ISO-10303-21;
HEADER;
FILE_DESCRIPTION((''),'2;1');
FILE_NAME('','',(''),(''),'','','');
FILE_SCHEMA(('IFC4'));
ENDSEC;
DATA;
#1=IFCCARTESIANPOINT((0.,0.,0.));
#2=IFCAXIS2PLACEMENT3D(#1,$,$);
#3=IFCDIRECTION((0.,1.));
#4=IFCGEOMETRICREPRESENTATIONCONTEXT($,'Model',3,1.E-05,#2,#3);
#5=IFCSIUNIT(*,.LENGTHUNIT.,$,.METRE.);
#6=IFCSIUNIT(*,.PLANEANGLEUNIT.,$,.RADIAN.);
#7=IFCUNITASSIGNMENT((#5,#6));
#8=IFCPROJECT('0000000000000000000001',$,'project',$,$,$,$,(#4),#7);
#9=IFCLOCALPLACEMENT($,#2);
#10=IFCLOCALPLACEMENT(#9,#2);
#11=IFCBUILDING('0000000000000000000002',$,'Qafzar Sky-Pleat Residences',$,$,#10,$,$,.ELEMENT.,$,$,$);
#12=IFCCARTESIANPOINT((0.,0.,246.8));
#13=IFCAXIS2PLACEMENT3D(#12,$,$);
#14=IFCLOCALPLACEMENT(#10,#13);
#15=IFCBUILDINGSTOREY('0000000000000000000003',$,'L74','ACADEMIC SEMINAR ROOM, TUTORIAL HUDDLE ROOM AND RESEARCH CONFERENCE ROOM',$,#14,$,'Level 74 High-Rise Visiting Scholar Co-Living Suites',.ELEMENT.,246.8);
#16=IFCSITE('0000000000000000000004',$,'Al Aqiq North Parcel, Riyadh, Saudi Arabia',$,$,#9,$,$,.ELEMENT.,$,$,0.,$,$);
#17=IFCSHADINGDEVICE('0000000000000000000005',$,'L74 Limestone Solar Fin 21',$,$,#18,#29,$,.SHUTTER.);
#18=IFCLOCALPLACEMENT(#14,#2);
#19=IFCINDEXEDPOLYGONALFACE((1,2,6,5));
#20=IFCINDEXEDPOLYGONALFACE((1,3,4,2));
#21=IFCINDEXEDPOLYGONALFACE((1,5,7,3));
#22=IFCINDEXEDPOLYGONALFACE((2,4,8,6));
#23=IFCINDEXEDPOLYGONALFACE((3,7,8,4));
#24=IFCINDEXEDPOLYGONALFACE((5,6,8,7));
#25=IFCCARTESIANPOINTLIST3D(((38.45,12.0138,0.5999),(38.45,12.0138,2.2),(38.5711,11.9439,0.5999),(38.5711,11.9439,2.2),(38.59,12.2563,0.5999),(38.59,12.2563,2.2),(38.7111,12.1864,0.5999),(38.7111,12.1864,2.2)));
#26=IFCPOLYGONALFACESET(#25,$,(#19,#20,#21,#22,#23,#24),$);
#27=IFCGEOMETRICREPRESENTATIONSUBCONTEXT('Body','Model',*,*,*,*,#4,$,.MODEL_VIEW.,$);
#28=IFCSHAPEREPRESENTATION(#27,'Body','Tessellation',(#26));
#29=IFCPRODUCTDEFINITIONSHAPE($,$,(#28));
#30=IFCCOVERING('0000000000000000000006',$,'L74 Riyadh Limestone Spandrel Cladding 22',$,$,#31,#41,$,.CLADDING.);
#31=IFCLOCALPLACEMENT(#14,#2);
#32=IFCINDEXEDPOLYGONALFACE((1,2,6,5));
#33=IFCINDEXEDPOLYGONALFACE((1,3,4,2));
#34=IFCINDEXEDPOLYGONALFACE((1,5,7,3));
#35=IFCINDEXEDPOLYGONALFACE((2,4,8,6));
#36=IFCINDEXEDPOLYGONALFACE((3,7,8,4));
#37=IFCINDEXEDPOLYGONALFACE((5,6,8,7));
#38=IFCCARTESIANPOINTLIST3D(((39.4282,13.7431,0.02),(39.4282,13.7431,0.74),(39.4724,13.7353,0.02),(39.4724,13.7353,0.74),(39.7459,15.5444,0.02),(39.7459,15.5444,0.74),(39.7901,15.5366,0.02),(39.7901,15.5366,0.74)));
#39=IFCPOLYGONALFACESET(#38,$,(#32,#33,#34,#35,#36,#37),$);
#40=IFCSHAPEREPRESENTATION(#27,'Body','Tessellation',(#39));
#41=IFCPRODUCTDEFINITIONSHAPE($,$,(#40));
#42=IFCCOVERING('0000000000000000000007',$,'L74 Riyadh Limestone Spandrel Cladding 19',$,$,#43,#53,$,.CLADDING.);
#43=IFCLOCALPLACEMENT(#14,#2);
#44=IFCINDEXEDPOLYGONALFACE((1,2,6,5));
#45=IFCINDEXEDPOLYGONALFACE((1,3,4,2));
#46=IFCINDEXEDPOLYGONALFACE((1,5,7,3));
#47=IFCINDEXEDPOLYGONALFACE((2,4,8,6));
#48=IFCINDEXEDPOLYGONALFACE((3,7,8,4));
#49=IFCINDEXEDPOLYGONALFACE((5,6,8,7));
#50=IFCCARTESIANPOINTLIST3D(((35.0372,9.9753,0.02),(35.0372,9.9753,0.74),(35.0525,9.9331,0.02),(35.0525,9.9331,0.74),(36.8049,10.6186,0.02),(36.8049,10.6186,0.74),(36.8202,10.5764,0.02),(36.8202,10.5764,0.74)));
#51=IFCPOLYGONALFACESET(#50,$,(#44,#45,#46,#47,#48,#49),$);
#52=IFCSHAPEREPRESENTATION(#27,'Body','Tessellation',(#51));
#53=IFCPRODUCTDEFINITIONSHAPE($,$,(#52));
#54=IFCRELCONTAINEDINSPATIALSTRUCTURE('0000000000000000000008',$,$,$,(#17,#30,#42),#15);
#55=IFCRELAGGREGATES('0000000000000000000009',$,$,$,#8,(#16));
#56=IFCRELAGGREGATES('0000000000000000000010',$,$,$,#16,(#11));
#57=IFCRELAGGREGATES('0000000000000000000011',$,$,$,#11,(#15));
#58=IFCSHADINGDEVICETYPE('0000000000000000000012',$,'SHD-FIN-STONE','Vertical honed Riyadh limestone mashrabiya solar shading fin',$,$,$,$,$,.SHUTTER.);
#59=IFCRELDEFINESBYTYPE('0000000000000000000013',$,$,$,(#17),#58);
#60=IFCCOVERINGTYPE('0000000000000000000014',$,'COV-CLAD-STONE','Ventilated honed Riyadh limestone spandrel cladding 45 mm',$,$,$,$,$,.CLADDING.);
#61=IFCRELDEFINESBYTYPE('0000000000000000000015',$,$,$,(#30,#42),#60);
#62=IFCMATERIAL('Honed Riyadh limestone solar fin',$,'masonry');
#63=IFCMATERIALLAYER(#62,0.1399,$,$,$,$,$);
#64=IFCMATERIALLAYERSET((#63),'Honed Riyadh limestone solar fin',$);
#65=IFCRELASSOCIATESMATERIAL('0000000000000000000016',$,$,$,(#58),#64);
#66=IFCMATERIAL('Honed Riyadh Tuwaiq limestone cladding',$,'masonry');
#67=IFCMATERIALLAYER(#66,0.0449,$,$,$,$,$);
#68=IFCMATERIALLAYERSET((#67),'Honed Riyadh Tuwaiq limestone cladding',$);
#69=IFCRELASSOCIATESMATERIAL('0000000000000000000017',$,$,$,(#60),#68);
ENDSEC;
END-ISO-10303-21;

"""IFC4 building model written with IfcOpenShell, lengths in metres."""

from ifc_helpers import new_model, si_unit, direction, frame, origin, origin_2d, place, context, subcontext, project, spatial, rectangle, extrude, source, transform, mapped, material, layer, layer_set, type_object, element, save


model = new_model("IFC4")

# Units and contexts
model_context = context("Model", 3, precision=1e-05, world=origin(), true_north=direction((0.0, 1.0)))
body_context = subcontext(model_context, "Body", "Model", "MODEL_VIEW")
ifc_project = project(units=[si_unit("LENGTHUNIT", "METRE"), si_unit("PLANEANGLEUNIT", "RADIAN")], contexts=[model_context])

# Site, building, storey
site_placement = place(None, origin())
site = spatial("IfcSite", under=ifc_project, at=site_placement, Name="Al Aqiq North Parcel, Riyadh, Saudi Arabia", CompositionType="ELEMENT", RefElevation=0.0)
building_placement = place(site_placement, origin())
building = spatial("IfcBuilding", under=site, at=building_placement, Name="Qafzar Sky-Pleat Residences", CompositionType="ELEMENT")
storey_placement = place(building_placement, frame((0.0, 0.0, 246.8)))
storey = spatial("IfcBuildingStorey", under=building, at=storey_placement, Name="L74", Description="ACADEMIC SEMINAR ROOM, TUTORIAL HUDDLE ROOM AND RESEARCH CONFERENCE ROOM", LongName="Level 74 High-Rise Visiting Scholar Co-Living Suites", CompositionType="ELEMENT", Elevation=246.8)

# Shading device
ifc_material_1 = material(Name="Honed Riyadh limestone solar fin", Category="masonry")
ifc_layer_1 = layer(ifc_material_1, 0.1399)
ifc_layer_set_1 = layer_set([ifc_layer_1], Name="Honed Riyadh limestone solar fin")
shading_device_type = type_object("IfcShadingDeviceType", Name="SHD-FIN-STONE", Description="Vertical honed Riyadh limestone mashrabiya solar shading fin", PredefinedType="SHUTTER", material=ifc_layer_set_1)
shared_shape_1 = source(origin(), body_context, "Body", "SweptSolid", [
    extrude(rectangle(XDim=0.1399, YDim=0.28, at=origin_2d()), origin(), (0.0, 0.0, 1.0), 1.6001),
])
shading_device_placement = place(storey_placement, frame((38.5806, 12.1001, 0.5999), z_axis=(0.0, 0.0, 1.0), x_axis=(0.866044, -0.499967, 0.0)))
element("IfcShadingDevice", 1, at=shading_device_placement, inside=storey, type_object=shading_device_type, Name="L74 Limestone Solar Fin 21", PredefinedType="SHUTTER", context=body_context, shape_type="MappedRepresentation", body=[
    mapped(shared_shape_1, transform((0.0, 0.0, 0.0), x_axis=(1.0, 0.0, 0.0), y_axis=(0.0, 1.0, 0.0), z_axis=(0.0, 0.0, 1.0), scale=1.0)),
])

# Coverings
ifc_material_2 = material(Name="Honed Riyadh Tuwaiq limestone cladding", Category="masonry")
ifc_layer_2 = layer(ifc_material_2, 0.0449)
ifc_layer_set_2 = layer_set([ifc_layer_2], Name="Honed Riyadh Tuwaiq limestone cladding")
covering_type = type_object("IfcCoveringType", Name="COV-CLAD-STONE", Description="Ventilated honed Riyadh limestone spandrel cladding 45 mm", PredefinedType="CLADDING", material=ifc_layer_set_2)
shared_shape_2 = source(origin(), body_context, "Body", "SweptSolid", [
    extrude(rectangle(XDim=1.8291, YDim=0.0449, at=origin_2d()), origin(), (0.0, 0.0, 1.0), 0.72),
])
covering_1_placement = place(storey_placement, frame((39.6091, 14.6399, 0.02), z_axis=(0.0, 0.0, 1.0), x_axis=(0.173696, 0.984799, 0.0)))
element("IfcCovering", 2, at=covering_1_placement, inside=storey, type_object=covering_type, Name="L74 Riyadh Limestone Spandrel Cladding 22", PredefinedType="CLADDING", context=body_context, shape_type="MappedRepresentation", body=[
    mapped(shared_shape_2, transform((0.0, 0.0, 0.0), x_axis=(1.0, 0.0, 0.0), y_axis=(0.0, 1.0, 0.0), z_axis=(0.0, 0.0, 1.0), scale=1.0)),
])
shared_shape_3 = source(origin(), body_context, "Body", "SweptSolid", [
    extrude(rectangle(XDim=1.8811, YDim=0.0449, at=origin_2d()), origin(), (0.0, 0.0, 1.0), 0.72),
])
covering_2_placement = place(storey_placement, frame((35.9287, 10.2759, 0.02), z_axis=(0.0, 0.0, 1.0), x_axis=(0.93971, 0.341974, 0.0)))
element("IfcCovering", 3, at=covering_2_placement, inside=storey, type_object=covering_type, Name="L74 Riyadh Limestone Spandrel Cladding 19", PredefinedType="CLADDING", context=body_context, shape_type="MappedRepresentation", body=[
    mapped(shared_shape_3, transform((0.0, 0.0, 0.0), x_axis=(1.0, 0.0, 0.0), y_axis=(0.0, 1.0, 0.0), z_axis=(0.0, 0.0, 1.0), scale=1.0)),
])

save(model, "model.ifc")
